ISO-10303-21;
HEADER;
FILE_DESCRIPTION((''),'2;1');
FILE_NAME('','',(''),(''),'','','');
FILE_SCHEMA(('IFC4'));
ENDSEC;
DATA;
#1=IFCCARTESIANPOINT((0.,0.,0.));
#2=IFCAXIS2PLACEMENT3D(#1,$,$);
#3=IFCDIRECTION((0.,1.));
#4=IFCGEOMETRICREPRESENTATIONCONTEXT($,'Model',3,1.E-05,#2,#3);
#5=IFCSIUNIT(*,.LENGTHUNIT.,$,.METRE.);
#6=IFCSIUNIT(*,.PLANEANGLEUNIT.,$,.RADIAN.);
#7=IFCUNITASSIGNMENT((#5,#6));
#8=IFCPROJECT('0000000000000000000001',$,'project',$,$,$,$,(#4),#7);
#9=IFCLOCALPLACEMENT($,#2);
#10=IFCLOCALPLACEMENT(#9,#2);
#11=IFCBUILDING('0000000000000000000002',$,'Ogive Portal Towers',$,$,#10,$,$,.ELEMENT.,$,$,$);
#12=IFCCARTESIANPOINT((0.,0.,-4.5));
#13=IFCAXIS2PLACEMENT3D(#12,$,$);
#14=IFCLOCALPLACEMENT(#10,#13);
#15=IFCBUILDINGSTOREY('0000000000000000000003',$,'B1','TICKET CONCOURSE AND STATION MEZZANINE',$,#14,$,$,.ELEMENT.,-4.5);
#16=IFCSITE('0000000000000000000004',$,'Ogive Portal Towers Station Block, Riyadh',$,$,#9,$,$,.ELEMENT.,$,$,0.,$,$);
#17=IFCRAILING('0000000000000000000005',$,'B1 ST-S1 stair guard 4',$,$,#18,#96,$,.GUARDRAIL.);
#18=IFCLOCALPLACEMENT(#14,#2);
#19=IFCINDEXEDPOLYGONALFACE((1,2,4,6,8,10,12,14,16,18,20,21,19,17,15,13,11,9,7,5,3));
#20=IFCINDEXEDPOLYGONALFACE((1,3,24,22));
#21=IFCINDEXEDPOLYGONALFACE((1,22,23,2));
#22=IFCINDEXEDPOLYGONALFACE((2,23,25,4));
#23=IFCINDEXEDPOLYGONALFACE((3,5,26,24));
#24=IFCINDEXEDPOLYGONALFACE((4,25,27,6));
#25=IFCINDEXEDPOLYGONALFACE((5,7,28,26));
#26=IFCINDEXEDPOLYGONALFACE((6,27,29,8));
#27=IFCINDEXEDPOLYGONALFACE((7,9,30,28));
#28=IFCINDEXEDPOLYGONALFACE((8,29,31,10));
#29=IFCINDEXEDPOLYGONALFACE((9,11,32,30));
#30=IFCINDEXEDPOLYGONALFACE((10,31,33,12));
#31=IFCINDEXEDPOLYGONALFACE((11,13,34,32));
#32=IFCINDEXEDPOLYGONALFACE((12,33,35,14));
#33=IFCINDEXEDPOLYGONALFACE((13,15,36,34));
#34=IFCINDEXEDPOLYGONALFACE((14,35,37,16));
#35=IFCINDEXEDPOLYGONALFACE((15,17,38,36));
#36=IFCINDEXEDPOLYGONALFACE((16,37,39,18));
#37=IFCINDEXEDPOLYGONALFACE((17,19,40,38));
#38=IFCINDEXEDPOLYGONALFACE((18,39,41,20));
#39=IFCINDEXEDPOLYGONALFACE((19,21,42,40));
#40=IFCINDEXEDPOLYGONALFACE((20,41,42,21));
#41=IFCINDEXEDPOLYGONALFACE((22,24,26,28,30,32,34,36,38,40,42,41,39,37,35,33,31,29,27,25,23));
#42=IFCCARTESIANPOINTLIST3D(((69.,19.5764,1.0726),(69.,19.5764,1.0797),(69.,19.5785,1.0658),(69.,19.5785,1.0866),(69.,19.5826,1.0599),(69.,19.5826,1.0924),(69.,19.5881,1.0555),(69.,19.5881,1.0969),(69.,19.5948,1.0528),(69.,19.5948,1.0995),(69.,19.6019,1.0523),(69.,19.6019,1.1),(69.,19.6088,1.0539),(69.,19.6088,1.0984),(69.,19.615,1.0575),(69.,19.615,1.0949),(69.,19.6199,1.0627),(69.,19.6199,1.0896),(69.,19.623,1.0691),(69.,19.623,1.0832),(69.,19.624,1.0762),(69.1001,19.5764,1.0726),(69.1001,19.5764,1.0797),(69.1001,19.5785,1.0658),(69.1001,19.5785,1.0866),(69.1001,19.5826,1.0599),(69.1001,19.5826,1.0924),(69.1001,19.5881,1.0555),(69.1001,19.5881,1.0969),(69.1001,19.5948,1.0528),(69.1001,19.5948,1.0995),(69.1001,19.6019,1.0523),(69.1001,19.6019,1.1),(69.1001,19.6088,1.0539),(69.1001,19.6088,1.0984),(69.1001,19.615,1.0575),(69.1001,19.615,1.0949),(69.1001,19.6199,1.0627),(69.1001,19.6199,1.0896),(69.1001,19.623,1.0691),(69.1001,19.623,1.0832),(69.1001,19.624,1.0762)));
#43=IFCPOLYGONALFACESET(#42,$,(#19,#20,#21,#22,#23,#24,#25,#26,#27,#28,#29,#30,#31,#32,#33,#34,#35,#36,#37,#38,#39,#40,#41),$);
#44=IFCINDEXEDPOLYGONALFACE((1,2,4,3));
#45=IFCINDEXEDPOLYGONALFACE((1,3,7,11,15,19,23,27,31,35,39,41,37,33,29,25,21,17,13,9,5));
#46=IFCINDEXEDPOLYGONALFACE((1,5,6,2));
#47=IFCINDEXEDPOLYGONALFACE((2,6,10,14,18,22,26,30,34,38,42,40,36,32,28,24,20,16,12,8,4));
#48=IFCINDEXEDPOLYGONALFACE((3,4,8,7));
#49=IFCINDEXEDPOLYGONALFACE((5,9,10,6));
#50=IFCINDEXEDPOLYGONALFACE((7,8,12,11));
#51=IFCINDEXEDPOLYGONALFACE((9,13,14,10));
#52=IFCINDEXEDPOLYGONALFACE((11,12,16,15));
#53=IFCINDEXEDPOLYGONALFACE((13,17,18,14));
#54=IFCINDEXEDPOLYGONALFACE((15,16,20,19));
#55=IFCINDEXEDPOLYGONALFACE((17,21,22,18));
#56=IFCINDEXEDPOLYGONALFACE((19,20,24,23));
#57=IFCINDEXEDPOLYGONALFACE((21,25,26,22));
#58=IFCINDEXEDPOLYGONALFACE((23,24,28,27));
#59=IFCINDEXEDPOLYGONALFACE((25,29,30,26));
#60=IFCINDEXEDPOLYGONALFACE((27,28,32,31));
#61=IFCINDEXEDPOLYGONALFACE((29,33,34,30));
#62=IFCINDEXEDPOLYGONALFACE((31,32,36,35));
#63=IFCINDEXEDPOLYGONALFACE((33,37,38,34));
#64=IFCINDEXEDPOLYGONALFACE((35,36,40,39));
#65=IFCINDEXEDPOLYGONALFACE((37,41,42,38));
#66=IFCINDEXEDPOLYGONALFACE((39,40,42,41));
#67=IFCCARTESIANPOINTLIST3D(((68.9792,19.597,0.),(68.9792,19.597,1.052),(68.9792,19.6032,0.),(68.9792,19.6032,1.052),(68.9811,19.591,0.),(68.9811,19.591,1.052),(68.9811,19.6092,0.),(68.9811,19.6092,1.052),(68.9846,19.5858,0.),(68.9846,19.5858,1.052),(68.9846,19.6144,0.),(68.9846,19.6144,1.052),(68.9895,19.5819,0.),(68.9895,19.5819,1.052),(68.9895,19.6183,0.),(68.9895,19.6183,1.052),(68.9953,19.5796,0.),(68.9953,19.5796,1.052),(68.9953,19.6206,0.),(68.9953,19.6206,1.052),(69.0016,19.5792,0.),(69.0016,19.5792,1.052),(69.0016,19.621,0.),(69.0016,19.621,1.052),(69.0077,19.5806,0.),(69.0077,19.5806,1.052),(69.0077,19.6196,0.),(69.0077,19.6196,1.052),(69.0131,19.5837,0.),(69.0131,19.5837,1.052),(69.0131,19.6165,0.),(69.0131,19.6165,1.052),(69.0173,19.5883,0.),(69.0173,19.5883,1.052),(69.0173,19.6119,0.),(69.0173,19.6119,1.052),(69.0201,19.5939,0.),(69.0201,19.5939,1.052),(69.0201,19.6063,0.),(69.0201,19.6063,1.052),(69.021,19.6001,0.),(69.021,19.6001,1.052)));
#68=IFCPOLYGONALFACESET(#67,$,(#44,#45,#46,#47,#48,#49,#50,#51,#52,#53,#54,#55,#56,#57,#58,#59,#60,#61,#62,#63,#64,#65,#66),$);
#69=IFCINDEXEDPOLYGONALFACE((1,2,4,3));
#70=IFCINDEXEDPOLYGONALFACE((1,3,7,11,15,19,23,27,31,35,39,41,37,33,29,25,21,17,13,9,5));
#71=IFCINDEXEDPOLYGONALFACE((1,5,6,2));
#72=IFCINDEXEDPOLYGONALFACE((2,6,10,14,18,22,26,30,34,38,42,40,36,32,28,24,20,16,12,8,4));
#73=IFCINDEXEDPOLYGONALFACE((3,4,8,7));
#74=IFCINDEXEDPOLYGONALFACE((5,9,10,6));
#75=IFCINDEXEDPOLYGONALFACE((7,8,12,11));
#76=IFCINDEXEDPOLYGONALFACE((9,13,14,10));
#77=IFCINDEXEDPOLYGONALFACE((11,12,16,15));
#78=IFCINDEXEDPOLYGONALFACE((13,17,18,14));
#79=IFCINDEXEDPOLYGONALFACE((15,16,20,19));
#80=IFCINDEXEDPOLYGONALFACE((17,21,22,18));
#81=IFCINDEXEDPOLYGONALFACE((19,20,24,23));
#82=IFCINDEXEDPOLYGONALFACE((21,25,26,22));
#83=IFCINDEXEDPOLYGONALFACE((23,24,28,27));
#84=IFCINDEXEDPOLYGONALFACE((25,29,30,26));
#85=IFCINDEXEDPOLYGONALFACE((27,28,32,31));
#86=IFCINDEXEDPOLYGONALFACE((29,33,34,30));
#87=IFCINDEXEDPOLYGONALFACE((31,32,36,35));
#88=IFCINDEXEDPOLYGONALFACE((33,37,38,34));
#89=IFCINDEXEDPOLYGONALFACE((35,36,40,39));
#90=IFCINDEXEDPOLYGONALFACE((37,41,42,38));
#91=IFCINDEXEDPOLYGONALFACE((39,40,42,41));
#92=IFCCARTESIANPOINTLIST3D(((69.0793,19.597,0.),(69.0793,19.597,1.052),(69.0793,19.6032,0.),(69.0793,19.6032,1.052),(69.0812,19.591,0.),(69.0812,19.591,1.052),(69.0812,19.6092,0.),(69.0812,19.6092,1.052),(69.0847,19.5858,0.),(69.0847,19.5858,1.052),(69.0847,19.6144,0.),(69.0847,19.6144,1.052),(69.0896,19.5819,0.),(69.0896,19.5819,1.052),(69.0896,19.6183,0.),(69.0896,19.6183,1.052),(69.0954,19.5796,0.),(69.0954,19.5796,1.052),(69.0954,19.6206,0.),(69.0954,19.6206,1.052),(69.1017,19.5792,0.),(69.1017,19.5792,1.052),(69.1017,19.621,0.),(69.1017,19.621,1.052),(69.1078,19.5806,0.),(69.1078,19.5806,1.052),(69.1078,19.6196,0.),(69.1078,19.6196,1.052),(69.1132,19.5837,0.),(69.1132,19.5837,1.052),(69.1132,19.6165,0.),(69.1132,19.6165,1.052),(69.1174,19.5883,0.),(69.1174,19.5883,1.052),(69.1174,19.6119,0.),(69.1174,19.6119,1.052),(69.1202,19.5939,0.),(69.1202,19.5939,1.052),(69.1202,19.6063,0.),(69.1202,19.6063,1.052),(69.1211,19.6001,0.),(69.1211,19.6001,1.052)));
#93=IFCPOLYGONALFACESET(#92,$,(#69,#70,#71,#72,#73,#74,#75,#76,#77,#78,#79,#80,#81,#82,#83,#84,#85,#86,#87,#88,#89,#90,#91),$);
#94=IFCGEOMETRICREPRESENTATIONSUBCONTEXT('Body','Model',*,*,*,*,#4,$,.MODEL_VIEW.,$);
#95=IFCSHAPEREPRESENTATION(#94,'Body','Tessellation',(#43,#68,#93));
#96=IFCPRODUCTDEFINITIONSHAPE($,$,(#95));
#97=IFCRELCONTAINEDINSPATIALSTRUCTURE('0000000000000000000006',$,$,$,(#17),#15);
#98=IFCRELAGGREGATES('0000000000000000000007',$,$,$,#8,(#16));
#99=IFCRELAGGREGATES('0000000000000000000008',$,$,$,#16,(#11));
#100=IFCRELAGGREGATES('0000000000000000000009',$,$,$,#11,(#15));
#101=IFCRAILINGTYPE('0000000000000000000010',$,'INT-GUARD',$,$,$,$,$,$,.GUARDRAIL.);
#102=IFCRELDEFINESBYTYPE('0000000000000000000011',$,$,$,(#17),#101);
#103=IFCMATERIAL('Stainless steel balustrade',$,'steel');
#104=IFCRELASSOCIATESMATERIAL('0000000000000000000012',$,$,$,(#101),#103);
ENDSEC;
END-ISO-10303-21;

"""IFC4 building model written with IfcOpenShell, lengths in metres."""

from ifc_helpers import new_model, si_unit, direction, frame, origin, origin_2d, place, context, subcontext, project, spatial, circle, extrude, material, type_object, element, save


model = new_model("IFC4")

# Units and contexts
model_context = context("Model", 3, precision=1e-05, world=origin(), true_north=direction((0.0, 1.0)))
body_context = subcontext(model_context, "Body", "Model", "MODEL_VIEW")
ifc_project = project(units=[si_unit("LENGTHUNIT", "METRE"), si_unit("PLANEANGLEUNIT", "RADIAN")], contexts=[model_context])

# Site, building, storey
site_placement = place(None, origin())
site = spatial("IfcSite", under=ifc_project, at=site_placement, Name="Ogive Portal Towers Station Block, Riyadh", CompositionType="ELEMENT", RefElevation=0.0)
building_placement = place(site_placement, origin())
building = spatial("IfcBuilding", under=site, at=building_placement, Name="Ogive Portal Towers", CompositionType="ELEMENT")
storey_placement = place(building_placement, frame((0.0, 0.0, -4.5)))
storey = spatial("IfcBuildingStorey", under=building, at=storey_placement, Name="B1", Description="TICKET CONCOURSE AND STATION MEZZANINE", CompositionType="ELEMENT", Elevation=-4.5)

# Railing
ifc_material_1 = material(Name="Stainless steel balustrade", Category="steel")
railing_type_1 = type_object("IfcRailingType", Name="INT-GUARD", PredefinedType="GUARDRAIL", material=ifc_material_1)
railing_1_placement = place(storey_placement, frame((69.0, 19.6001, 0.0)))
element("IfcRailing", 1, at=railing_1_placement, inside=storey, type_object=railing_type_1, Name="B1 ST-S1 stair guard 4", PredefinedType="GUARDRAIL", context=body_context, shape_type="SweptSolid", body=[
    extrude(circle(Radius=0.0239, at=origin_2d()), frame((0.0, 0.0, 1.0762), z_axis=(1.0, 0.0, 0.0), x_axis=(0.0, 1.0, 0.0)), (0.0, 0.0, 1.0), 0.1001),
    extrude(circle(Radius=0.021, at=origin_2d()), origin(), (0.0, 0.0, 1.0), 1.052),
    extrude(circle(Radius=0.021, at=origin_2d()), frame((0.1001, 0.0, 0.0)), (0.0, 0.0, 1.0), 1.052),
])

save(model, "model.ifc")
